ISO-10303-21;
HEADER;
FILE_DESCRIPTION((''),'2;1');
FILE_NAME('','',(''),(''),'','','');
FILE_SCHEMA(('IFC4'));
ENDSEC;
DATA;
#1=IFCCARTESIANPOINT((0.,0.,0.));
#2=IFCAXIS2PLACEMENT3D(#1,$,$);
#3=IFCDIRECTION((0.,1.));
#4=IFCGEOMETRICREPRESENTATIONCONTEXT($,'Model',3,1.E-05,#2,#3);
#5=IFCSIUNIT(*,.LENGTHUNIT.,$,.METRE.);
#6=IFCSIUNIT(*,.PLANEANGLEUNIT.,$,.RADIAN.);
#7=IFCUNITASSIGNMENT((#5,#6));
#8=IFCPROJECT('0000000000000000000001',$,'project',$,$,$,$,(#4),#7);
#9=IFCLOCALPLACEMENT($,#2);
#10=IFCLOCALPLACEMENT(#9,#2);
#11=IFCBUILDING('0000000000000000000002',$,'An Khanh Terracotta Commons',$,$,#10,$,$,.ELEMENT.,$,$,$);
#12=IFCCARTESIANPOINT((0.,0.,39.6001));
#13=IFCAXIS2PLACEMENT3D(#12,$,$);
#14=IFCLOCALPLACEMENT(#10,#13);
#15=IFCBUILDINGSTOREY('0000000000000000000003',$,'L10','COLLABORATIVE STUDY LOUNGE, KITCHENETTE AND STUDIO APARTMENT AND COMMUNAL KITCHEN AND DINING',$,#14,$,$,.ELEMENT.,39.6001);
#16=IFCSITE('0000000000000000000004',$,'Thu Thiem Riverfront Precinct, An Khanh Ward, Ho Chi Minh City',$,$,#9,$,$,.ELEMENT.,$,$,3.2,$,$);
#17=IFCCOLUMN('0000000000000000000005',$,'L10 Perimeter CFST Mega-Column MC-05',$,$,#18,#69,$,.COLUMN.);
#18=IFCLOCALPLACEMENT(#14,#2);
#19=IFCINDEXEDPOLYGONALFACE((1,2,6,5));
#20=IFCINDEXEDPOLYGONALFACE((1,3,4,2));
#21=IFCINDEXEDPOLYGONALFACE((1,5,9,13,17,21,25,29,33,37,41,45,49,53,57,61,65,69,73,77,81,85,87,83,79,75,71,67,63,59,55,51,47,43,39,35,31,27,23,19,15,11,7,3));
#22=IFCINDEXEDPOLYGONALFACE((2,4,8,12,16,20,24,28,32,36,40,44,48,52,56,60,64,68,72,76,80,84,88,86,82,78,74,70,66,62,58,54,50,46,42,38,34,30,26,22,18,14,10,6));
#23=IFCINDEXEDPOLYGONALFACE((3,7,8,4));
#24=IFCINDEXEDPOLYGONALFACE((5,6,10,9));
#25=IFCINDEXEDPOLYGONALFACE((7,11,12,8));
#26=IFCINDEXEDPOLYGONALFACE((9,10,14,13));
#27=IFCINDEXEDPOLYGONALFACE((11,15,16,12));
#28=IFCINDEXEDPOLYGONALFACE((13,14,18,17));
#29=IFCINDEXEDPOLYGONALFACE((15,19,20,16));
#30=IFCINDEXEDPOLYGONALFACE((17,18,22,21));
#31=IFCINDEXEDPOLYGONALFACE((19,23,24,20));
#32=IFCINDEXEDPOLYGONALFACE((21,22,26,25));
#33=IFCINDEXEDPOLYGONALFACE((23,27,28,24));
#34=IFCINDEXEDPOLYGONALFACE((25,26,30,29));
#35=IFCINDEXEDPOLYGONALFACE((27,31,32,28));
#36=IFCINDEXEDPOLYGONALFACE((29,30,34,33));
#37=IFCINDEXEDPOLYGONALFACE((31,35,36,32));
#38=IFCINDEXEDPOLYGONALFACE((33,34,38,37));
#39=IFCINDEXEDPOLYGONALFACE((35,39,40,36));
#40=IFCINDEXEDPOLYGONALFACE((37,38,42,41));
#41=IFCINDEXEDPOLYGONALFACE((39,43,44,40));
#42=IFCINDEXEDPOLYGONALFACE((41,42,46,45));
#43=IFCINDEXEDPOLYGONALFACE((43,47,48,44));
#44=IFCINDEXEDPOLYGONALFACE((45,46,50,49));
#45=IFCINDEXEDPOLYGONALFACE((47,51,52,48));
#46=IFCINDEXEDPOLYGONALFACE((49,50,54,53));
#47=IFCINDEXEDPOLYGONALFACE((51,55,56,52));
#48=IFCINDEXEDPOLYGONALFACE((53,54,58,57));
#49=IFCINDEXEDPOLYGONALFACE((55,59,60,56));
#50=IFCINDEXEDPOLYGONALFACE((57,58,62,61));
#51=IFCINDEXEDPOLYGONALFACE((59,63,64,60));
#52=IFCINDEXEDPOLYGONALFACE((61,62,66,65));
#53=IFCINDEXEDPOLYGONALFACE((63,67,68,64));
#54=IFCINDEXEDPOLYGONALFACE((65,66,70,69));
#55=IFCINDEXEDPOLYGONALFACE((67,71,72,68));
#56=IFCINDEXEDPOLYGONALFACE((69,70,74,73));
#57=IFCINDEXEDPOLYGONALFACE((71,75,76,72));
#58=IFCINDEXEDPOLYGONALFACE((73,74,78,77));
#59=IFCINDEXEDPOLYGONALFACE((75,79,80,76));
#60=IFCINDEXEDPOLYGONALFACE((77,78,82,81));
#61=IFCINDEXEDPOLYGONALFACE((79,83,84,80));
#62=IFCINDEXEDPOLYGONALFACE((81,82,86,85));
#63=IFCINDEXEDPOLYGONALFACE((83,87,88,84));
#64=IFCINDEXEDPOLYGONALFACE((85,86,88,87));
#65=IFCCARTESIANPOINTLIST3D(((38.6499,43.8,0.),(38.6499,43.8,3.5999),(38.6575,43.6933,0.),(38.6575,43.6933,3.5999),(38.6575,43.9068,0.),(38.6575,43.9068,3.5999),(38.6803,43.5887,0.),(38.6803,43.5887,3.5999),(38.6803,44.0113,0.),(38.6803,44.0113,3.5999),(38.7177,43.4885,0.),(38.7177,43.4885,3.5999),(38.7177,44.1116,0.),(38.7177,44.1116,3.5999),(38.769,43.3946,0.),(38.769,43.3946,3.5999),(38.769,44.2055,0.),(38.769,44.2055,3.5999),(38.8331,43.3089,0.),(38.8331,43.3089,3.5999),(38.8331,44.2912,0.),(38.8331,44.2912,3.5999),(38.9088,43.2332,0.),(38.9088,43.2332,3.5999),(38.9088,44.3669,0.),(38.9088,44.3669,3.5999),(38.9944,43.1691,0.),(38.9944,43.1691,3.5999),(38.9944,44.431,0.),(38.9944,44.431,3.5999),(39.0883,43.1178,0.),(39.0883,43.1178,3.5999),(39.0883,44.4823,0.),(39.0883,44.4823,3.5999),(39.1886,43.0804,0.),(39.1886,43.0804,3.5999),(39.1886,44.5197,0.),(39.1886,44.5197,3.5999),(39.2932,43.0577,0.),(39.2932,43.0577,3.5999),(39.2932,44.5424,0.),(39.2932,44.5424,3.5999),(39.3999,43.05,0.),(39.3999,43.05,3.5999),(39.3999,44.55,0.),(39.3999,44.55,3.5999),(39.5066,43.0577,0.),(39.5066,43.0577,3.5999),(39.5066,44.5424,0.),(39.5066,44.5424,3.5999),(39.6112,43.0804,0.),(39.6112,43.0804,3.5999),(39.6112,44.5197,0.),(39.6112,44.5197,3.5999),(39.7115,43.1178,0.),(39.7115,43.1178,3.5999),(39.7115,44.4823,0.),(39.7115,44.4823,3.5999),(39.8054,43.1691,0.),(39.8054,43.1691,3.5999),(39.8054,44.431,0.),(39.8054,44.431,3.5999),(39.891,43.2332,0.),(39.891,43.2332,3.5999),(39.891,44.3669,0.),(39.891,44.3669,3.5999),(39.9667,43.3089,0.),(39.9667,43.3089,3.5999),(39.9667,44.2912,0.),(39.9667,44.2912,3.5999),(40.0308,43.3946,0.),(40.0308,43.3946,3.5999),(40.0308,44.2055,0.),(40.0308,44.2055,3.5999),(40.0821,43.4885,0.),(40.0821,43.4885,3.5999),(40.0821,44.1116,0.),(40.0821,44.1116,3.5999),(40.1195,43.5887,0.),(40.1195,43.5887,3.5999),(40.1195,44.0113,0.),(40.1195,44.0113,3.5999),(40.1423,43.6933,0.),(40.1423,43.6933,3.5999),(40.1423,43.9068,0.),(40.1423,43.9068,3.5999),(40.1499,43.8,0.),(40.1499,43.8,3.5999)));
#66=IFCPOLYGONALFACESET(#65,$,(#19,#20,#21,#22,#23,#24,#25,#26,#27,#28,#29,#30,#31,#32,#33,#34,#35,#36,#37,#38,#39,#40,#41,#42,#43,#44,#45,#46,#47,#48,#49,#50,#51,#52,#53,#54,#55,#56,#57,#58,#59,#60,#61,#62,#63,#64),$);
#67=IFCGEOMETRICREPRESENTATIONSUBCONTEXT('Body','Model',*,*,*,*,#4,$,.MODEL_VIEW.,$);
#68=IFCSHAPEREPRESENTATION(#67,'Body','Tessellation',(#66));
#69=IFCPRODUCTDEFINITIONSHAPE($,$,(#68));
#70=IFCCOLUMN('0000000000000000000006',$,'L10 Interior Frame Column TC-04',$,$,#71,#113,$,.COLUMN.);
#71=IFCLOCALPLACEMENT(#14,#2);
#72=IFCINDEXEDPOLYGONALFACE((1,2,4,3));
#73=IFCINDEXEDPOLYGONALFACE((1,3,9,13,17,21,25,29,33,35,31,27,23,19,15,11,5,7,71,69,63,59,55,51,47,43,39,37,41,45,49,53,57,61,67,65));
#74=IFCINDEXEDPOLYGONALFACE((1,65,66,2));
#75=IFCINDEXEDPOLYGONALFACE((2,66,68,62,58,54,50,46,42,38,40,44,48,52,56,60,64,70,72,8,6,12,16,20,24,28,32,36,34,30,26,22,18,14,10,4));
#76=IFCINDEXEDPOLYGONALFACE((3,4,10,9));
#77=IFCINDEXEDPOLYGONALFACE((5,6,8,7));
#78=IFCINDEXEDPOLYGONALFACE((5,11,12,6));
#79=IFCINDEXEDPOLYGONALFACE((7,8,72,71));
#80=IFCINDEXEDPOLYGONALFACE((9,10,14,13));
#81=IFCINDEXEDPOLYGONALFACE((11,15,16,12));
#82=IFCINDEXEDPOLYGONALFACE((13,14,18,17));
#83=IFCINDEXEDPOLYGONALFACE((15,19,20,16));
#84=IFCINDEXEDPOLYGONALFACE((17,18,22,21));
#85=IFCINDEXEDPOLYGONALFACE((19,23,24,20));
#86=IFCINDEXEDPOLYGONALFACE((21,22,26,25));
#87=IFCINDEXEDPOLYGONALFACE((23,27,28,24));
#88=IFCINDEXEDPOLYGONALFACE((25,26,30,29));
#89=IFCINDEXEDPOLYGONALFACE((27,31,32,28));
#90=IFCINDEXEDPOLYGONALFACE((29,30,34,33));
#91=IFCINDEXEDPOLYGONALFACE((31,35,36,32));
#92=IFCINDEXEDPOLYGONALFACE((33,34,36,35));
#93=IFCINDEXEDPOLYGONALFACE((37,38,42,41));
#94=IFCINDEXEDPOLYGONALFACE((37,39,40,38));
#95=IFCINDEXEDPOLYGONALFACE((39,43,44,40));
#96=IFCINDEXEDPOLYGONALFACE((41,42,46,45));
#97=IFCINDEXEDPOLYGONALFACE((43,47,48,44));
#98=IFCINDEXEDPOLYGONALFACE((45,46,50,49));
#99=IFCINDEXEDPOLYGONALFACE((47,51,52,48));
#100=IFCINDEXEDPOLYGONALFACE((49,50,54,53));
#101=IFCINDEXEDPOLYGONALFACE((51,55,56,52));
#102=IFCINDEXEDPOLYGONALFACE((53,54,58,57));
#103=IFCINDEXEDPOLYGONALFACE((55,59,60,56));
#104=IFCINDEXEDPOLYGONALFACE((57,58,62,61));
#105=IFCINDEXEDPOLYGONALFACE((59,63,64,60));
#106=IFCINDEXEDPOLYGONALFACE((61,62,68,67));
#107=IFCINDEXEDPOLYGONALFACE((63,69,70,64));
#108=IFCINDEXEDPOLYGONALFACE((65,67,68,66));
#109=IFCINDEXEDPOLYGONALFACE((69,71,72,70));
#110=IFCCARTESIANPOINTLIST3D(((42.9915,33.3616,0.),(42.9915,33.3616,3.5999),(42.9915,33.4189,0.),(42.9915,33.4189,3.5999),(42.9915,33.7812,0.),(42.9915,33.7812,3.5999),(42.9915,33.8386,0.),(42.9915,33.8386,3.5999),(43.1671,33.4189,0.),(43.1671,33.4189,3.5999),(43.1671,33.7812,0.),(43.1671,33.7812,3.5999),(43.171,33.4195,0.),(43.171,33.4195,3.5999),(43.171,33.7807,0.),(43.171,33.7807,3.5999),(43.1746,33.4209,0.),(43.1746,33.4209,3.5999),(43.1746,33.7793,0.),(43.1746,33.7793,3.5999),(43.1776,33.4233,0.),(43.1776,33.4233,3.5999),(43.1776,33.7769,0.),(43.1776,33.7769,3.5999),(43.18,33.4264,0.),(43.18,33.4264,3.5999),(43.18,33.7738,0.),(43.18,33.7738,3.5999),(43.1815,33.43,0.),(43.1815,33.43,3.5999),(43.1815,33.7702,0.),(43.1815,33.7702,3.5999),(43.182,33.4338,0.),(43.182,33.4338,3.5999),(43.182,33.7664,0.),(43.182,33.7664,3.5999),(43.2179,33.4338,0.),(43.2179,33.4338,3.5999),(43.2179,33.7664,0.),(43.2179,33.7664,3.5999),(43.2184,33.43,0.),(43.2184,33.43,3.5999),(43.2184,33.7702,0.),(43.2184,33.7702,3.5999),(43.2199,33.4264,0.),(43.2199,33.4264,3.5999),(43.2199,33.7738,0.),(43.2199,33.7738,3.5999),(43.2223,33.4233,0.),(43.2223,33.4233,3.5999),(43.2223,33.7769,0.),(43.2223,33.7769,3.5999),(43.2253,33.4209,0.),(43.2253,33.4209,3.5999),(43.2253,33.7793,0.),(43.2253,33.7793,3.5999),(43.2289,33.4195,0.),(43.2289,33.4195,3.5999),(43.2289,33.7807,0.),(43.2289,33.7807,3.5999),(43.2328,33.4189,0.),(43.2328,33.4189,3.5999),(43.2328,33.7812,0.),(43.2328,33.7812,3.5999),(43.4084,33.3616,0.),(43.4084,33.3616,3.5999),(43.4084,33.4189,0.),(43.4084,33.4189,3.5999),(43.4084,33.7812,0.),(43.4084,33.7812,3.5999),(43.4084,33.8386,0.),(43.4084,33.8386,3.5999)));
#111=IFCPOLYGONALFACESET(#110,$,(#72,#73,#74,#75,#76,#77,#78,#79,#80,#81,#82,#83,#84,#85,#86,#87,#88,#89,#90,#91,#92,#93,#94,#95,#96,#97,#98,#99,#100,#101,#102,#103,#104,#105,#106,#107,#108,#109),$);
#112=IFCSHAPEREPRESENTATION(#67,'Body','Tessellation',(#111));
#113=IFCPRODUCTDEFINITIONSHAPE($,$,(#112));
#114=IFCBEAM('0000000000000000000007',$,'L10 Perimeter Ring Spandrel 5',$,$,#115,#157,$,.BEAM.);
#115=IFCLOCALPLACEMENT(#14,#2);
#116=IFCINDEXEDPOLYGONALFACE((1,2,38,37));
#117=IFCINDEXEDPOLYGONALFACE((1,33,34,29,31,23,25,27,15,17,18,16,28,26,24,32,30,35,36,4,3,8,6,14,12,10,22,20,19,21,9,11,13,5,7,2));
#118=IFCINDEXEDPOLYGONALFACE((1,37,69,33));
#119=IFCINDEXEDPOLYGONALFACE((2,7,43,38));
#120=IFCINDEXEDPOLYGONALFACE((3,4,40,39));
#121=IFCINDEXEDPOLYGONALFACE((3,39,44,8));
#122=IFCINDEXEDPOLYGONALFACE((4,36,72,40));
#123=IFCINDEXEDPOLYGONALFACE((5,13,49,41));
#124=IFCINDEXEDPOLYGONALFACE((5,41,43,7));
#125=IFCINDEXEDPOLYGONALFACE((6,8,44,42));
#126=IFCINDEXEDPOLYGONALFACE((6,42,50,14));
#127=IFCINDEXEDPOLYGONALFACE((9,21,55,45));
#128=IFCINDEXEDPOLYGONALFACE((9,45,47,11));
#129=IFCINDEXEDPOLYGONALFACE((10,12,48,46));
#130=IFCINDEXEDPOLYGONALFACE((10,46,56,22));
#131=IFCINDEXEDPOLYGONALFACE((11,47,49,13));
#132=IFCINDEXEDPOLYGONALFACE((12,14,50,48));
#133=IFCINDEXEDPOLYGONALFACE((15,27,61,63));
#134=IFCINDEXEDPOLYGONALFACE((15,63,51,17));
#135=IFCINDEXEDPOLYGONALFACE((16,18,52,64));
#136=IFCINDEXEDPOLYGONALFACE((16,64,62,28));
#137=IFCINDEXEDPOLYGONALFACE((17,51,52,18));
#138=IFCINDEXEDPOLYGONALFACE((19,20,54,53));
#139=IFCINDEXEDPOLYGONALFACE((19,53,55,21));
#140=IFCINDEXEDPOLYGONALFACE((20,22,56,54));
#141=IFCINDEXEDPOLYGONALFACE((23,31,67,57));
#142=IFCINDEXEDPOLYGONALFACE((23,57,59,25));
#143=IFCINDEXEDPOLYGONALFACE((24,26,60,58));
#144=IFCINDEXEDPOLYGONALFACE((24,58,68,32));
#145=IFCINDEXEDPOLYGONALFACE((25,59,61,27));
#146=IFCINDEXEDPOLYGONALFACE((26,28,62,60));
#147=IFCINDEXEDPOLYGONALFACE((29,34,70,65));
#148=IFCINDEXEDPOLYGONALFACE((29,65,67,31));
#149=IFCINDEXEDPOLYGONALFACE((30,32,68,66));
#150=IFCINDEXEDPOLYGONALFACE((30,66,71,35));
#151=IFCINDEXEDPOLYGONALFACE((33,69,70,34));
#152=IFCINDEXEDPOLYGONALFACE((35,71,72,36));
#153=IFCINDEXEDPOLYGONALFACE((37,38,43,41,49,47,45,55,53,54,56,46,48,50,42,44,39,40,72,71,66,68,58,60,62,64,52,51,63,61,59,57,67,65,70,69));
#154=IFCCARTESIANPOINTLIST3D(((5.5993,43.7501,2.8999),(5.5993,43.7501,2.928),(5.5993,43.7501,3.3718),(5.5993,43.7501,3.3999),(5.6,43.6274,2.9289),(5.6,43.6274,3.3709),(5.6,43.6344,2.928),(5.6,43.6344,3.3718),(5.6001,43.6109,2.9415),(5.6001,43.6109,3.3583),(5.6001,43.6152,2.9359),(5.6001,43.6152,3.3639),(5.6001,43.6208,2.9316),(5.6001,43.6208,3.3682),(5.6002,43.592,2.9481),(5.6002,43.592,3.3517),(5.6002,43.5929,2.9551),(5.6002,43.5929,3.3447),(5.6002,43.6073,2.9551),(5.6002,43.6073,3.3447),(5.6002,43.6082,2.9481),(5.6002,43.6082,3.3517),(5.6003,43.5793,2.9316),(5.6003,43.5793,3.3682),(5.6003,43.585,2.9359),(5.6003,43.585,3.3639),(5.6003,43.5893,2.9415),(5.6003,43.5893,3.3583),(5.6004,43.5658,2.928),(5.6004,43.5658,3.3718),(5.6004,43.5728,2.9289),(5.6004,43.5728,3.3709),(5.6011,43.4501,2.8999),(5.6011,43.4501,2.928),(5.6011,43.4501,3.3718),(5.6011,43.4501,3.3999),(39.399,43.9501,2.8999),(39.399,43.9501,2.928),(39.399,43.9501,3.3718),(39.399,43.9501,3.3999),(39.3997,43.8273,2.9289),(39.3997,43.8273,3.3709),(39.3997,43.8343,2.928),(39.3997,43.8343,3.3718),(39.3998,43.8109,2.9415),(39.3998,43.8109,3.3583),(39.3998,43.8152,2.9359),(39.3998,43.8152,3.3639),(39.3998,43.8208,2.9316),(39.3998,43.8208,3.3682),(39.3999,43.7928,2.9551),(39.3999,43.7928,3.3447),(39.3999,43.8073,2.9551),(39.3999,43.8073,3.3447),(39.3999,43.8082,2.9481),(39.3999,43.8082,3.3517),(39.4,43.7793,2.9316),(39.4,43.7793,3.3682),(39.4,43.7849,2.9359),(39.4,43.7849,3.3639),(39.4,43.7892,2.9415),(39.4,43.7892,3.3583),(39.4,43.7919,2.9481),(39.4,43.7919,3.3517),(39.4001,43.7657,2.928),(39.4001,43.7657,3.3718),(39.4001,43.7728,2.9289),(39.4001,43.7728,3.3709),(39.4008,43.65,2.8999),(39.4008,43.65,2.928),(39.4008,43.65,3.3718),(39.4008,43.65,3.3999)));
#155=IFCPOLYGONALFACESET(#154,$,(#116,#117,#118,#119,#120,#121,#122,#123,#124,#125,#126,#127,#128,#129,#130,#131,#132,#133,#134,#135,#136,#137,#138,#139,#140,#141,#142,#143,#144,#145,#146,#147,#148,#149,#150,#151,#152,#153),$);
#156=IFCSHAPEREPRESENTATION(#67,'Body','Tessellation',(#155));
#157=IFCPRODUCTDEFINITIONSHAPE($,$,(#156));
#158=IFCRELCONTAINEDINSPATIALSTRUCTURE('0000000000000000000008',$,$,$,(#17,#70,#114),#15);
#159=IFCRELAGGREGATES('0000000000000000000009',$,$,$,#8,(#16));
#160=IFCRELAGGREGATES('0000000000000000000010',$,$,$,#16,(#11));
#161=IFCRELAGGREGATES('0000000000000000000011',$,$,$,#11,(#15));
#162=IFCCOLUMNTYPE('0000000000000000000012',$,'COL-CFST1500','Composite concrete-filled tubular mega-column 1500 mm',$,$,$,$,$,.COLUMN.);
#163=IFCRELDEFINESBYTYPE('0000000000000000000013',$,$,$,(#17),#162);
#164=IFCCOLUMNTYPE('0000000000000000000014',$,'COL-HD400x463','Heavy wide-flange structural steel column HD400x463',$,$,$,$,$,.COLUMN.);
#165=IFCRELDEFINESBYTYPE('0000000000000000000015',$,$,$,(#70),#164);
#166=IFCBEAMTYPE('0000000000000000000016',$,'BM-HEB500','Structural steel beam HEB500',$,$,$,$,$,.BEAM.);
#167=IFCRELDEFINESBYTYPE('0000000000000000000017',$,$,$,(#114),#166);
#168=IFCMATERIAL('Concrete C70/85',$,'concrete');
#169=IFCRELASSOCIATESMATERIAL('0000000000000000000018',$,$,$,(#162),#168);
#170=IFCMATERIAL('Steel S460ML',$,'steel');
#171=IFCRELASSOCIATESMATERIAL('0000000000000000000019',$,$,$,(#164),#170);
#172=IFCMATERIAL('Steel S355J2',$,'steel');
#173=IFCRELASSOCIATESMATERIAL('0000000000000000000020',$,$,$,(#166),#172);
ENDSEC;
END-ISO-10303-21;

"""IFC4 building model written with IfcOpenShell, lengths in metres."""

from ifc_helpers import new_model, si_unit, direction, frame, origin, origin_2d, place, context, subcontext, project, spatial, circle, i_section, extrude, material, material_profile, profile_set, type_object, element, save


model = new_model("IFC4")

# Units and contexts
model_context = context("Model", 3, precision=1e-05, world=origin(), true_north=direction((0.0, 1.0)))
body_context = subcontext(model_context, "Body", "Model", "MODEL_VIEW")
ifc_project = project(units=[si_unit("LENGTHUNIT", "METRE"), si_unit("PLANEANGLEUNIT", "RADIAN")], contexts=[model_context])

# Site, building, storey
site_placement = place(None, origin())
site = spatial("IfcSite", under=ifc_project, at=site_placement, Name="Thu Thiem Riverfront Precinct, An Khanh Ward, Ho Chi Minh City", CompositionType="ELEMENT", RefElevation=3.2)
building_placement = place(site_placement, origin())
building = spatial("IfcBuilding", under=site, at=building_placement, Name="An Khanh Terracotta Commons", CompositionType="ELEMENT")
storey_placement = place(building_placement, frame((0.0, 0.0, 39.6001)))
storey = spatial("IfcBuildingStorey", under=building, at=storey_placement, Name="L10", Description="COLLABORATIVE STUDY LOUNGE, KITCHENETTE AND STUDIO APARTMENT AND COMMUNAL KITCHEN AND DINING", CompositionType="ELEMENT", Elevation=39.6001)

# Columns
ifc_material_1 = material(Name="Concrete C70/85", Category="concrete")
ifc_material_profile_1 = material_profile(ifc_material_1, circle(Radius=0.75, at=origin_2d()), Name="CFST1500")
ifc_profile_set_1 = profile_set([ifc_material_profile_1], Name="Concrete C70/85")
column_type_1 = type_object("IfcColumnType", Name="COL-CFST1500", Description="Composite concrete-filled tubular mega-column 1500 mm", PredefinedType="COLUMN", material=ifc_profile_set_1)
column_1_placement = place(storey_placement, frame((39.3999, 43.8, 0.0), z_axis=(0.0, 0.0, 1.0), x_axis=(1.0, 0.0, 0.0)))
element("IfcColumn", 1, at=column_1_placement, inside=storey, type_object=column_type_1, Name="L10 Perimeter CFST Mega-Column MC-05", PredefinedType="COLUMN", context=body_context, shape_type="SweptSolid", body=[
    extrude(circle(Radius=0.75, at=origin_2d()), origin(), (0.0, 0.0, 1.0), 3.5999),
])
ifc_material_2 = material(Name="Steel S460ML", Category="steel")
ifc_material_profile_2 = material_profile(ifc_material_2, i_section(OverallWidth=0.417, OverallDepth=0.4771, WebThickness=0.0359, FlangeThickness=0.0574, FilletRadius=0.0149, at=origin_2d()), Name="HD400x463")
ifc_profile_set_2 = profile_set([ifc_material_profile_2], Name="Steel S460ML")
column_type_2 = type_object("IfcColumnType", Name="COL-HD400x463", Description="Heavy wide-flange structural steel column HD400x463", PredefinedType="COLUMN", material=ifc_profile_set_2)
column_2_placement = place(storey_placement, frame((43.2, 33.6001, 0.0), z_axis=(0.0, 0.0, 1.0), x_axis=(1.0, 0.0, 0.0)))
element("IfcColumn", 2, at=column_2_placement, inside=storey, type_object=column_type_2, Name="L10 Interior Frame Column TC-04", PredefinedType="COLUMN", context=body_context, shape_type="SweptSolid", body=[
    extrude(i_section(OverallWidth=0.417, OverallDepth=0.4771, WebThickness=0.0359, FlangeThickness=0.0574, FilletRadius=0.0149, at=origin_2d()), origin(), (0.0, 0.0, 1.0), 3.5999),
])

# Beam
ifc_material_3 = material(Name="Steel S355J2", Category="steel")
ifc_material_profile_3 = material_profile(ifc_material_3, i_section(OverallWidth=0.3, OverallDepth=0.5, WebThickness=0.0144, FlangeThickness=0.0281, FilletRadius=0.0271, at=origin_2d()), Name="HEB500")
ifc_profile_set_3 = profile_set([ifc_material_profile_3], Name="Steel S355J2")
beam_type_1 = type_object("IfcBeamType", Name="BM-HEB500", Description="Structural steel beam HEB500", PredefinedType="BEAM", material=ifc_profile_set_3)
beam_1_placement = place(storey_placement, frame((39.3999, 43.8, 3.1499), z_axis=(-0.999983, -0.005916, 0.0), x_axis=(0.005916, -0.999983, 0.0)))
element("IfcBeam", 3, at=beam_1_placement, inside=storey, type_object=beam_type_1, Name="L10 Perimeter Ring Spandrel 5", PredefinedType="BEAM", context=body_context, shape_type="SweptSolid", body=[
    extrude(i_section(OverallWidth=0.3, OverallDepth=0.5, WebThickness=0.0144, FlangeThickness=0.0281, FilletRadius=0.0271, at=origin_2d()), origin(), (0.0, 0.0, 1.0), 33.8003),
])

save(model, "model.ifc")
